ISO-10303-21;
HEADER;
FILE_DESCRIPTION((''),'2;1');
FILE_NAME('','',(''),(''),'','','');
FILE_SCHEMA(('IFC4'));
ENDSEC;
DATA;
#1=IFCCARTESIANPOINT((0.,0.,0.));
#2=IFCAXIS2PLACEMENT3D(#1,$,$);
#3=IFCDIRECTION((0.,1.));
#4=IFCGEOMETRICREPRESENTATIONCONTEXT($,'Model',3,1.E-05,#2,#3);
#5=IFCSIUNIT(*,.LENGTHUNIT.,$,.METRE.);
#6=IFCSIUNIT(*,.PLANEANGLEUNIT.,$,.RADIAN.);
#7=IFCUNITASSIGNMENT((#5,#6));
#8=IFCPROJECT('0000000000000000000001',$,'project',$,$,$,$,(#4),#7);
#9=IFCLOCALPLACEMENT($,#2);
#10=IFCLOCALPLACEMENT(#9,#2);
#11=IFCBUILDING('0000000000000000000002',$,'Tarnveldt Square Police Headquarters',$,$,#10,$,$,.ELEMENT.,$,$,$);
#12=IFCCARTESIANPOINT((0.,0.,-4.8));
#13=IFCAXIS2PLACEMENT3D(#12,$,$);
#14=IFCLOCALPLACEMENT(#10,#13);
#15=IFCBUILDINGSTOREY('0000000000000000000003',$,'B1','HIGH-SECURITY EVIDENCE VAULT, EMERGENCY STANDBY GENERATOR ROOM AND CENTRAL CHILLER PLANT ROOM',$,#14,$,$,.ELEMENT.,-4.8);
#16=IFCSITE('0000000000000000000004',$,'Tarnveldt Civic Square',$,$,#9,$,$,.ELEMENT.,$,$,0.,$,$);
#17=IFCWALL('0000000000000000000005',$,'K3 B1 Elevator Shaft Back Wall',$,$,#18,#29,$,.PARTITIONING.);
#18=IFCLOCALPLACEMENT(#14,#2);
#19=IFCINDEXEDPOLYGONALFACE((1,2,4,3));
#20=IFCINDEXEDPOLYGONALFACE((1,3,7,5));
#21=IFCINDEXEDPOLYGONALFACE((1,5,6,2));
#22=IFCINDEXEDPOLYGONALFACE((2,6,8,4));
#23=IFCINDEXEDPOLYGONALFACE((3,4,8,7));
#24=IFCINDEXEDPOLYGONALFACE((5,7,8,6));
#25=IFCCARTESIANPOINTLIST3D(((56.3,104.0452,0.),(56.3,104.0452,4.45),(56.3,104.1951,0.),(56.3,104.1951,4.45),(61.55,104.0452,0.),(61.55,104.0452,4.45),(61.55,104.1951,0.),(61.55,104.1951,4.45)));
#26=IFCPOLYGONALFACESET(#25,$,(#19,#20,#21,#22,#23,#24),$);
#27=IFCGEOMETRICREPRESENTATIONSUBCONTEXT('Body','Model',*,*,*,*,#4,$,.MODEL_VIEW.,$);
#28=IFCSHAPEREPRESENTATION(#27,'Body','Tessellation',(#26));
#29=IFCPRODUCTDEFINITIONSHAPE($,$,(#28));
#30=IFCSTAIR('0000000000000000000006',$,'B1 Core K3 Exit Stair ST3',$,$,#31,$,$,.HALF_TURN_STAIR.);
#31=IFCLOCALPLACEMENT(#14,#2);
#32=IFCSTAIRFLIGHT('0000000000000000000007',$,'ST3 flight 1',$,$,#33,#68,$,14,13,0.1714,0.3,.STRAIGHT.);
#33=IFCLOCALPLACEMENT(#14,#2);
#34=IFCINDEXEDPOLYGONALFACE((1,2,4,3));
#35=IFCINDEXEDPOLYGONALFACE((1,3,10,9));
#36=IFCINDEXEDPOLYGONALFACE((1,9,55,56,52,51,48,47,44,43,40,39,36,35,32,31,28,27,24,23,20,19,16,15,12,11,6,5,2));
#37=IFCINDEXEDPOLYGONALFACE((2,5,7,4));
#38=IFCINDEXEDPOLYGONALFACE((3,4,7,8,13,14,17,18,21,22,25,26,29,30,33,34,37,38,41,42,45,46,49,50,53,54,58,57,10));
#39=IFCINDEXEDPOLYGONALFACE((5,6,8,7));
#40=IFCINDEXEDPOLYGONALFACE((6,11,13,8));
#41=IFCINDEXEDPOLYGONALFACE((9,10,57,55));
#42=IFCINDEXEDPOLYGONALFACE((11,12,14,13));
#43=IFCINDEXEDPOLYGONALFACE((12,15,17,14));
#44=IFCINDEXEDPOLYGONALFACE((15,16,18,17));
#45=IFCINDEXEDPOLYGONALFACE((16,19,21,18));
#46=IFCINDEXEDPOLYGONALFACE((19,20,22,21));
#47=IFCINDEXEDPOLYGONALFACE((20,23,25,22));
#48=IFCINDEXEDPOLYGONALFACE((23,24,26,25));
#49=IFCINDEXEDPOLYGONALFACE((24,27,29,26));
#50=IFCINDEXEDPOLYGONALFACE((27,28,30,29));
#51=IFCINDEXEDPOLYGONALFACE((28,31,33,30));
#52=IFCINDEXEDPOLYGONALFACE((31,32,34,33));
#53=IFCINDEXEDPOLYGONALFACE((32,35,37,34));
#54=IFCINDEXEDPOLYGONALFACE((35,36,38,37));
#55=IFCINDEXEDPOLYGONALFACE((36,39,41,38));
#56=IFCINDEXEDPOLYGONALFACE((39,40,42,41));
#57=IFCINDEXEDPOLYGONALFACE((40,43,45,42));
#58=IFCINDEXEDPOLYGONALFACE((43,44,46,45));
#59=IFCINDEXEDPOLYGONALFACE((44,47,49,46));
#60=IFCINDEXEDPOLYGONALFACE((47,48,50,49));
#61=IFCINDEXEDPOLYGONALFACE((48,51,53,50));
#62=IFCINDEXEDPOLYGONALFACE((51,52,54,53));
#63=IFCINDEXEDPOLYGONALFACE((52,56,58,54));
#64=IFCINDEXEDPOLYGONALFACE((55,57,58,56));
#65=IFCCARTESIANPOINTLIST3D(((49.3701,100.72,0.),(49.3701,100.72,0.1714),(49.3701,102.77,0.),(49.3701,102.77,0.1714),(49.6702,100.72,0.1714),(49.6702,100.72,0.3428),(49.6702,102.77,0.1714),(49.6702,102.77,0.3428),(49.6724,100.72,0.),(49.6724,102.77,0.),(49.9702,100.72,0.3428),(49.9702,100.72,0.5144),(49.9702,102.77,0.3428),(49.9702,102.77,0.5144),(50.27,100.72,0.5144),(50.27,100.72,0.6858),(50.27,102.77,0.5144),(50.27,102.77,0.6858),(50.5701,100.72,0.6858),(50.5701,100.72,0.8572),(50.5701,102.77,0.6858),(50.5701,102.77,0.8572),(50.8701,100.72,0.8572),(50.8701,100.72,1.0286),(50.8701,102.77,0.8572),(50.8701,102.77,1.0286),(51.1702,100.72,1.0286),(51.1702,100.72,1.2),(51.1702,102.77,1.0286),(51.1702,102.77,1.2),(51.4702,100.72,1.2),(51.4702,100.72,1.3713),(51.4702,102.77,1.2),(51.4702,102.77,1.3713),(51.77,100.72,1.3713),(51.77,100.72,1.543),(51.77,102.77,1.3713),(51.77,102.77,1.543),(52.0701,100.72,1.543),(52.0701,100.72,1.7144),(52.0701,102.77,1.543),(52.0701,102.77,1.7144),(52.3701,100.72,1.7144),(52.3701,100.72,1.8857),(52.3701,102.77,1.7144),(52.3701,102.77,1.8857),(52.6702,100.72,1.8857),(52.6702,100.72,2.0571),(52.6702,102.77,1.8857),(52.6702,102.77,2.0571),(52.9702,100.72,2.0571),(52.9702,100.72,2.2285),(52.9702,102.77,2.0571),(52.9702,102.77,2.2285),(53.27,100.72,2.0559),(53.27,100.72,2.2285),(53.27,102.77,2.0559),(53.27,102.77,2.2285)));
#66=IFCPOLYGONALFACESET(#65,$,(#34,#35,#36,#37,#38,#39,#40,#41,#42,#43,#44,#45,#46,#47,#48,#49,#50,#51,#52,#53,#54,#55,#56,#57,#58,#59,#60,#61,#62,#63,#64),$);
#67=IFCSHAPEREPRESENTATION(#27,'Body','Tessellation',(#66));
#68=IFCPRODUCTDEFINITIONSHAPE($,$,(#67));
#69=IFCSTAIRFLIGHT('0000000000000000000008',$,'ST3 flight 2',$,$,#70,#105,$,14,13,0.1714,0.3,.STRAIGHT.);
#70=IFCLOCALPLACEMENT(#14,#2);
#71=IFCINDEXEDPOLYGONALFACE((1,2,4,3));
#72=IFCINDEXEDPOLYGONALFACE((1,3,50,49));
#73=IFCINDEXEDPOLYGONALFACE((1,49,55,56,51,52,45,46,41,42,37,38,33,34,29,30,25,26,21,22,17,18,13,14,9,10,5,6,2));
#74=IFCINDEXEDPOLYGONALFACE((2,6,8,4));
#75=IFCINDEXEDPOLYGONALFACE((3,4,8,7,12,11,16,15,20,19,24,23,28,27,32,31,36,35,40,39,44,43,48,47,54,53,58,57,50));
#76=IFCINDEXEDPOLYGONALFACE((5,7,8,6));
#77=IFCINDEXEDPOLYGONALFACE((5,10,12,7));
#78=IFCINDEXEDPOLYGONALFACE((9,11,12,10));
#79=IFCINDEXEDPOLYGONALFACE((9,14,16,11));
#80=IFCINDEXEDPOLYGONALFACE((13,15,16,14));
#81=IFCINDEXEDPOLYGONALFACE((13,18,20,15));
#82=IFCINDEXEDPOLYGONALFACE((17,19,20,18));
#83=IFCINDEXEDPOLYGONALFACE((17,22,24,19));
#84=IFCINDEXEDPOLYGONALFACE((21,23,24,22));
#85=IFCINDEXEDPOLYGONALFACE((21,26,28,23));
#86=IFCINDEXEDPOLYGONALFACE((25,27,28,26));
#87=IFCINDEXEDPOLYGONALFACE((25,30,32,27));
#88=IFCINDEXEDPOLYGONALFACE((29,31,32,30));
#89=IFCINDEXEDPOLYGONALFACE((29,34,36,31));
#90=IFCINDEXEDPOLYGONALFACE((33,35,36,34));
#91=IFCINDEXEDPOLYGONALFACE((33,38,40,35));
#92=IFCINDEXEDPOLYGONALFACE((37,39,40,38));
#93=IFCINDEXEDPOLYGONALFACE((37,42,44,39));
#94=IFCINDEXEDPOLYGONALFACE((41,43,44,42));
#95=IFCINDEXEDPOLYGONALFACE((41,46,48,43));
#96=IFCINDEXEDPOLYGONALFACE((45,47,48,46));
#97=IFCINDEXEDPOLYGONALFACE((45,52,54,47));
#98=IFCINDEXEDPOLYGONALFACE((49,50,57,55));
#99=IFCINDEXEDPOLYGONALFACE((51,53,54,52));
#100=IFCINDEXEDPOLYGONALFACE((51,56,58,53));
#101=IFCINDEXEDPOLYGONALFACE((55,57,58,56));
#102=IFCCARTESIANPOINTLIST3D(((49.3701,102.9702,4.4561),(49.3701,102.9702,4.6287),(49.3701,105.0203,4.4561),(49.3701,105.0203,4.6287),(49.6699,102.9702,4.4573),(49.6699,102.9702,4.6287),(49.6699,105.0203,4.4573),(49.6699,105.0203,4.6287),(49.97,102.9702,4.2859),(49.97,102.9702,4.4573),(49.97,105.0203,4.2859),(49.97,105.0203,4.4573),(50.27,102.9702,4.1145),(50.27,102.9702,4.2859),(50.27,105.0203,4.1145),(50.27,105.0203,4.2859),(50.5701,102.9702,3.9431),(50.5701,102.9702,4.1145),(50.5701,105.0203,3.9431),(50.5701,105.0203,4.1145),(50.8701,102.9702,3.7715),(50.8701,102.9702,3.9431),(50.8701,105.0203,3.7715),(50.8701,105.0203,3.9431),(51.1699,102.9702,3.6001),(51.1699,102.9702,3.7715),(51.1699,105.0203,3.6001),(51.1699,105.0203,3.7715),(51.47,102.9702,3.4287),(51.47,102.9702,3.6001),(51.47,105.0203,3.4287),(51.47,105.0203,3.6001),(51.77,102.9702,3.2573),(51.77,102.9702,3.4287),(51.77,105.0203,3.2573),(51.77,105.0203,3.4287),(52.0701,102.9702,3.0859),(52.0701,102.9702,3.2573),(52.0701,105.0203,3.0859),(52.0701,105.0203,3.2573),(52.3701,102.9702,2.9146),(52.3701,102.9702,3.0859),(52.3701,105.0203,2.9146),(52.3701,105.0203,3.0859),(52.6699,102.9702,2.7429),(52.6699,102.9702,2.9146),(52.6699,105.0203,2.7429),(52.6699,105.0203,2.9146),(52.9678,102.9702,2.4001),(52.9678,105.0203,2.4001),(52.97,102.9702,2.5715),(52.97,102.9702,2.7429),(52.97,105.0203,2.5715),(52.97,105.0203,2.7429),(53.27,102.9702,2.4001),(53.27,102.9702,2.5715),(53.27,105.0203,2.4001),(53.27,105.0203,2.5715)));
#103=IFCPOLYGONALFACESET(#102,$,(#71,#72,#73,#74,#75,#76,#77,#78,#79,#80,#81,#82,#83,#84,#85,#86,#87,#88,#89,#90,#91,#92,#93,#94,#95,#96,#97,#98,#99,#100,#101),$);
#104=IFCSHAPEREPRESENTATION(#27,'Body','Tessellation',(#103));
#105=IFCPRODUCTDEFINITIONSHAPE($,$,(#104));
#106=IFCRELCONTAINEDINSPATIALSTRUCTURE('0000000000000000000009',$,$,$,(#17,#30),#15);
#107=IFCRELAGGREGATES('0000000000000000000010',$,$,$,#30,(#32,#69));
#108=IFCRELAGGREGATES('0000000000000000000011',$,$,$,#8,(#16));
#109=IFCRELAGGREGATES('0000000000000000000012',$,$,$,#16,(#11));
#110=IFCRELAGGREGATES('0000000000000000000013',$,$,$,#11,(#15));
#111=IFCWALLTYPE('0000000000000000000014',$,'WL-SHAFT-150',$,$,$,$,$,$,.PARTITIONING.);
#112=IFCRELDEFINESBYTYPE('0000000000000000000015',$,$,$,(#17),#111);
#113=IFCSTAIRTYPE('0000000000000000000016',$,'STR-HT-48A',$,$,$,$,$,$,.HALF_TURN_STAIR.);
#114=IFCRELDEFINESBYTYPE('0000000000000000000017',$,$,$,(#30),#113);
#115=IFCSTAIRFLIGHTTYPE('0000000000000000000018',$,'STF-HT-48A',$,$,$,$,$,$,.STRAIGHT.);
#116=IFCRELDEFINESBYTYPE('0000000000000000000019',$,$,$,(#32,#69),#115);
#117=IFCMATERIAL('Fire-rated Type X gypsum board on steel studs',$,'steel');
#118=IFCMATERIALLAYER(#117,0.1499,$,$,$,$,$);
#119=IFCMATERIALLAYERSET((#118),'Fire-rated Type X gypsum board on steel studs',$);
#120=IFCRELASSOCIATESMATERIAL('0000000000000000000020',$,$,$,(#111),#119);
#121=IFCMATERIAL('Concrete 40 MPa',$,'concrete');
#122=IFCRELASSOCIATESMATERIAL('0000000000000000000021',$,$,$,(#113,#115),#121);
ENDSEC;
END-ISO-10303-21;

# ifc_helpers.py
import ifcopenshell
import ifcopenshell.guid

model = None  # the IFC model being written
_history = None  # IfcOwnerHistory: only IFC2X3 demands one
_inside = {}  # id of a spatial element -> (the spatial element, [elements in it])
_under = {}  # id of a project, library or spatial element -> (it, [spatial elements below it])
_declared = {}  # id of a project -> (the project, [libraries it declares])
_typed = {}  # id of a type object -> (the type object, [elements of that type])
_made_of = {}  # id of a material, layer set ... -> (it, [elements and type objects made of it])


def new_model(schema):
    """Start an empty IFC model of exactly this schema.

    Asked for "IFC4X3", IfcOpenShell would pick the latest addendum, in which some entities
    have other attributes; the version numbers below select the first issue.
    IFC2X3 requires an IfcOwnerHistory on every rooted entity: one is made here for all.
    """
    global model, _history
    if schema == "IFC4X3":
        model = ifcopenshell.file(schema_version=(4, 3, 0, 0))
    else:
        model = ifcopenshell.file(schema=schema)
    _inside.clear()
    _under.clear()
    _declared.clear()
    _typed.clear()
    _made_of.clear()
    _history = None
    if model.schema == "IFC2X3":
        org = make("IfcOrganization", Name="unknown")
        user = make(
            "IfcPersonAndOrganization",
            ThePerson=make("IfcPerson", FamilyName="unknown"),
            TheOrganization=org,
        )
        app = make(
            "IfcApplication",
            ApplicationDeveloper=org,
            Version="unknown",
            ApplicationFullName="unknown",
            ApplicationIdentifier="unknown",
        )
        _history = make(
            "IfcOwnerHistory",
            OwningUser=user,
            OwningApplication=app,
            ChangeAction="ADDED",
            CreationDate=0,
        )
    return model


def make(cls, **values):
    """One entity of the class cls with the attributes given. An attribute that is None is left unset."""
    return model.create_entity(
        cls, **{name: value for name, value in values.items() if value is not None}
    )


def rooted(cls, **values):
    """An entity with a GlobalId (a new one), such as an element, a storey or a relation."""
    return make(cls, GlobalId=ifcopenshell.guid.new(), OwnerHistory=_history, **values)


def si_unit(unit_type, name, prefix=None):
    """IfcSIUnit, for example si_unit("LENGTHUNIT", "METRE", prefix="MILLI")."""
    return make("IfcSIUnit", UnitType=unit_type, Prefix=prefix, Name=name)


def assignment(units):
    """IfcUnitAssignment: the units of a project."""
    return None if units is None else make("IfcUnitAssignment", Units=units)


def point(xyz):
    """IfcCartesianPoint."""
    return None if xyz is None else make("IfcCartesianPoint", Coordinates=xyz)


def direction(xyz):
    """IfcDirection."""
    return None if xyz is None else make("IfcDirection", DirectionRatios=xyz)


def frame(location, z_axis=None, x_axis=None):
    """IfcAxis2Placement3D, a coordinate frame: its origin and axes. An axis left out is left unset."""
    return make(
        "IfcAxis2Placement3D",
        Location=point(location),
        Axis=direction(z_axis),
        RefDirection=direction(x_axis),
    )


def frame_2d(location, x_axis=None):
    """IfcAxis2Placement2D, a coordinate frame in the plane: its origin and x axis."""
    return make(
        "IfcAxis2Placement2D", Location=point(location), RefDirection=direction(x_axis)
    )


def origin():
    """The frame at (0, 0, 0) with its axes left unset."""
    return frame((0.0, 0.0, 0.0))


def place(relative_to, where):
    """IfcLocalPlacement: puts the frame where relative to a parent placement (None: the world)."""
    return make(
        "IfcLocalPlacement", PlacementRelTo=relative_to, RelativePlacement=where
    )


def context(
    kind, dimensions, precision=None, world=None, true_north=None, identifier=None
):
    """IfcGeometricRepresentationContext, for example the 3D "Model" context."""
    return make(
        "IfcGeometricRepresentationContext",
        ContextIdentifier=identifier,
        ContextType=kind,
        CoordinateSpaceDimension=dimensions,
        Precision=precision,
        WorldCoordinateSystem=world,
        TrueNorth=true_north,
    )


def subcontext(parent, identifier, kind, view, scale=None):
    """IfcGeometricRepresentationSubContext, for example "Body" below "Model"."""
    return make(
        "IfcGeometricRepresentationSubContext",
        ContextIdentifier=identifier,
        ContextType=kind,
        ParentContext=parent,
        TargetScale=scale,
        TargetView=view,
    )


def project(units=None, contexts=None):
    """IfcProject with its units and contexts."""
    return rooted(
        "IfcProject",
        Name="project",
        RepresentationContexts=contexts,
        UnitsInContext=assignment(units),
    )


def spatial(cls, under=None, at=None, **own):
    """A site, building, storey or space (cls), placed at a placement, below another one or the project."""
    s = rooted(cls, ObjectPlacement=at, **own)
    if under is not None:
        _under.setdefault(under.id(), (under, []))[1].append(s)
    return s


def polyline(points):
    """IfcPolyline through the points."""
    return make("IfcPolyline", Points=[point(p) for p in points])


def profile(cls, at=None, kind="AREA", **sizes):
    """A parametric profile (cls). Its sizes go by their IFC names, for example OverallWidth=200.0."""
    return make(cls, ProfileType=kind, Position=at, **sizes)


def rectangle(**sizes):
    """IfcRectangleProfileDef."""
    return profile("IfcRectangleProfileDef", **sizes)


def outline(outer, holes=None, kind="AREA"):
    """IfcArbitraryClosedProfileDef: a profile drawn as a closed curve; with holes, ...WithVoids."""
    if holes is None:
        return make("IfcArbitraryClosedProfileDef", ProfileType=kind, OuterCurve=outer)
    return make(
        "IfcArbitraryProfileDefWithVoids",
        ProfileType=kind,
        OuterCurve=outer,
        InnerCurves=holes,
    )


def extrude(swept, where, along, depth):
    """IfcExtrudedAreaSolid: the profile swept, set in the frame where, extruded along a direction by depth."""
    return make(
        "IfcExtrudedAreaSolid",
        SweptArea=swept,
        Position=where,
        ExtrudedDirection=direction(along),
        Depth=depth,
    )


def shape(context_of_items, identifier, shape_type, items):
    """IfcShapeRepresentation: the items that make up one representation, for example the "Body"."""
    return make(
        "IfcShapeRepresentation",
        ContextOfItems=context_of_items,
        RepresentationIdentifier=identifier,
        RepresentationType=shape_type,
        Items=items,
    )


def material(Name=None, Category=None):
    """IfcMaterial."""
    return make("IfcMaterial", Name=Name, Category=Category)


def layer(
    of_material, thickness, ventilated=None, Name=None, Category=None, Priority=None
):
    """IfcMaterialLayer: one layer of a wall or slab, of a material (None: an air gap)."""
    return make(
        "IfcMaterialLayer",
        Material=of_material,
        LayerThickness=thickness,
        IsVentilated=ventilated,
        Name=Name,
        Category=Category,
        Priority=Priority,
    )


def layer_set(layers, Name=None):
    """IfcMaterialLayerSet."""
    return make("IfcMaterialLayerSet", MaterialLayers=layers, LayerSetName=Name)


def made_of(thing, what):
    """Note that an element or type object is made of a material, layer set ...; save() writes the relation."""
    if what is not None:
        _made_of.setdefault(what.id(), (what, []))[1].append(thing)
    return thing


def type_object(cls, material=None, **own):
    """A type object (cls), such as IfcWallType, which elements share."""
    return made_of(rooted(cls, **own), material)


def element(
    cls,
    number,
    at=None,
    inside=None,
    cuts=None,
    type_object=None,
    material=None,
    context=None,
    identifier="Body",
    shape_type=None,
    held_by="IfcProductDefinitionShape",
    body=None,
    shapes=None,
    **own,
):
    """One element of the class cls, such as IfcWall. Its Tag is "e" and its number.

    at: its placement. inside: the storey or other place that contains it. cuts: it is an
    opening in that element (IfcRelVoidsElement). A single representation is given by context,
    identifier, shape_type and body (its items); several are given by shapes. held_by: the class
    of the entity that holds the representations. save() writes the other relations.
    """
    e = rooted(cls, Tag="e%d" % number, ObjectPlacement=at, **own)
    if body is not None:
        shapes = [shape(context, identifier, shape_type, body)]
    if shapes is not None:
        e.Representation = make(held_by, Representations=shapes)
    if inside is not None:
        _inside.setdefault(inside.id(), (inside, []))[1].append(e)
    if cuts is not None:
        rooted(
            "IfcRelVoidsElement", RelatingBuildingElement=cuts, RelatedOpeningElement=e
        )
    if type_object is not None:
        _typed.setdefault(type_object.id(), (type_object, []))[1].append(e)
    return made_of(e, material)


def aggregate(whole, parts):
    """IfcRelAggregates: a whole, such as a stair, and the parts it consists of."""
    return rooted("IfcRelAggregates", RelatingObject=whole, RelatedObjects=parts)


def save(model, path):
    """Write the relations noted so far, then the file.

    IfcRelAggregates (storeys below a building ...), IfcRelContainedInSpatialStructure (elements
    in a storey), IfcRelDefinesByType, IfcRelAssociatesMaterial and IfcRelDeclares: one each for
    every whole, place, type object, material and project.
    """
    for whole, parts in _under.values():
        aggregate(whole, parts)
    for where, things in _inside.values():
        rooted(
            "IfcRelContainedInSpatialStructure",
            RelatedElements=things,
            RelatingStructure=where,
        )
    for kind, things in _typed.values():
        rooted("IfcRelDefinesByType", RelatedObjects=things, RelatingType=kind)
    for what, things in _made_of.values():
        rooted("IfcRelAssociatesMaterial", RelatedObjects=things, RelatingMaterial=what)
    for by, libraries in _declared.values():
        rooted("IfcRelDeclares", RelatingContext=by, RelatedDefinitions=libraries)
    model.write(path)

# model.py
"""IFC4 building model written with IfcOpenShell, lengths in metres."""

from ifc_helpers import new_model, si_unit, direction, frame, frame_2d, origin, place, context, subcontext, project, spatial, polyline, rectangle, outline, extrude, material, layer, layer_set, type_object, element, aggregate, save


model = new_model("IFC4")

# Units and contexts
model_context = context("Model", 3, precision=1e-05, world=origin(), true_north=direction((0.0, 1.0)))
body_context = subcontext(model_context, "Body", "Model", "MODEL_VIEW")
ifc_project = project(units=[si_unit("LENGTHUNIT", "METRE"), si_unit("PLANEANGLEUNIT", "RADIAN")], contexts=[model_context])

# Site, building, storey
site_placement = place(None, origin())
site = spatial("IfcSite", under=ifc_project, at=site_placement, Name="Tarnveldt Civic Square", CompositionType="ELEMENT", RefElevation=0.0)
building_placement = place(site_placement, origin())
building = spatial("IfcBuilding", under=site, at=building_placement, Name="Tarnveldt Square Police Headquarters", CompositionType="ELEMENT")
storey_placement = place(building_placement, frame((0.0, 0.0, -4.8)))
storey = spatial("IfcBuildingStorey", under=building, at=storey_placement, Name="B1", Description="HIGH-SECURITY EVIDENCE VAULT, EMERGENCY STANDBY GENERATOR ROOM AND CENTRAL CHILLER PLANT ROOM", CompositionType="ELEMENT", Elevation=-4.8)

# Shared definitions
ifc_material_1 = material(Name="Concrete 40 MPa", Category="concrete")

# Wall
ifc_material_2 = material(Name="Fire-rated Type X gypsum board on steel studs", Category="steel")
ifc_layer_1 = layer(ifc_material_2, 0.1499)
ifc_layer_set_1 = layer_set([ifc_layer_1], Name="Fire-rated Type X gypsum board on steel studs")
wall_type_1 = type_object("IfcWallType", Name="WL-SHAFT-150", PredefinedType="PARTITIONING", material=ifc_layer_set_1)
wall_1_placement = place(storey_placement, frame((56.3, 104.1201, 0.0), z_axis=(0.0, 0.0, 1.0), x_axis=(1.0, 0.0, 0.0)))
element("IfcWall", 1, at=wall_1_placement, inside=storey, type_object=wall_type_1, Name="K3 B1 Elevator Shaft Back Wall", PredefinedType="PARTITIONING", context=body_context, shape_type="SweptSolid", body=[
    extrude(rectangle(XDim=5.25, YDim=0.1499, at=frame_2d((2.625, 0.0))), origin(), (0.0, 0.0, 1.0), 4.45),
])

# Stair, stair flights
stair_type = type_object("IfcStairType", Name="STR-HT-48A", PredefinedType="HALF_TURN_STAIR", material=ifc_material_1)
stair_placement = place(storey_placement, origin())
stair = element("IfcStair", 2, at=stair_placement, inside=storey, type_object=stair_type, Name="B1 Core K3 Exit Stair ST3", PredefinedType="HALF_TURN_STAIR")
stair_flight_type = type_object("IfcStairFlightType", Name="STF-HT-48A", PredefinedType="STRAIGHT", material=ifc_material_1)
stair_flight_1_placement = place(storey_placement, frame((49.3701, 101.7451, 0.0), z_axis=(0.0, 0.0, 1.0), x_axis=(1.0, 0.0, 0.0)))
stair_flight_1 = element("IfcStairFlight", 3, at=stair_flight_1_placement, type_object=stair_flight_type, Name="ST3 flight 1", NumberOfRisers=14, NumberOfTreads=13, PredefinedType="STRAIGHT", RiserHeight=0.1714, TreadLength=0.3, context=body_context, shape_type="SweptSolid", body=[
    extrude(outline(polyline([(0.0, 0.0), (0.0, 0.1714), (0.3, 0.1714), (0.3, 0.3428), (0.6001, 0.3428), (0.6001, 0.5144), (0.8999, 0.5144), (0.8999, 0.6858), (1.2, 0.6858), (1.2, 0.8572), (1.5, 0.8572), (1.5, 1.0286), (1.8, 1.0286), (1.8, 1.2), (2.1001, 1.2), (2.1001, 1.3713), (2.3999, 1.3713), (2.3999, 1.543), (2.7, 1.543), (2.7, 1.7144), (3.0, 1.7144), (3.0, 1.8857), (3.3, 1.8857), (3.3, 2.0571), (3.6001, 2.0571), (3.6001, 2.2285), (3.8999, 2.2285), (3.8999, 2.3999), (3.8999, 2.0559), (0.3022, 0.0), (0.0, 0.0)])), frame((0.0, 1.0249, 0.0), z_axis=(0.0, -1.0, 0.0), x_axis=(1.0, 0.0, 0.0)), (0.0, 0.0, 1.0), 2.05),
])
stair_flight_2_placement = place(storey_placement, frame((53.27, 103.9951, 2.4001), z_axis=(0.0, 0.0, 1.0), x_axis=(-1.0, 0.0, 0.0)))
stair_flight_2 = element("IfcStairFlight", 4, at=stair_flight_2_placement, type_object=stair_flight_type, Name="ST3 flight 2", NumberOfRisers=14, NumberOfTreads=13, PredefinedType="STRAIGHT", RiserHeight=0.1714, TreadLength=0.3, context=body_context, shape_type="SweptSolid", body=[
    extrude(outline(polyline([(0.0, 0.0), (0.0, 0.1714), (0.3, 0.1714), (0.3, 0.3428), (0.6001, 0.3428), (0.6001, 0.5144), (0.8999, 0.5144), (0.8999, 0.6858), (1.2, 0.6858), (1.2, 0.8572), (1.5, 0.8572), (1.5, 1.0286), (1.8, 1.0286), (1.8, 1.2), (2.1001, 1.2), (2.1001, 1.3713), (2.3999, 1.3713), (2.3999, 1.543), (2.7, 1.543), (2.7, 1.7144), (3.0, 1.7144), (3.0, 1.8857), (3.3, 1.8857), (3.3, 2.0571), (3.6001, 2.0571), (3.6001, 2.2285), (3.8999, 2.2285), (3.8999, 2.3999), (3.8999, 2.0559), (0.3022, 0.0), (0.0, 0.0)])), frame((0.0, 1.0249, 0.0), z_axis=(0.0, -1.0, 0.0), x_axis=(1.0, 0.0, 0.0)), (0.0, 0.0, 1.0), 2.05),
])
aggregate(stair, [stair_flight_1, stair_flight_2])

save(model, "model.ifc")
